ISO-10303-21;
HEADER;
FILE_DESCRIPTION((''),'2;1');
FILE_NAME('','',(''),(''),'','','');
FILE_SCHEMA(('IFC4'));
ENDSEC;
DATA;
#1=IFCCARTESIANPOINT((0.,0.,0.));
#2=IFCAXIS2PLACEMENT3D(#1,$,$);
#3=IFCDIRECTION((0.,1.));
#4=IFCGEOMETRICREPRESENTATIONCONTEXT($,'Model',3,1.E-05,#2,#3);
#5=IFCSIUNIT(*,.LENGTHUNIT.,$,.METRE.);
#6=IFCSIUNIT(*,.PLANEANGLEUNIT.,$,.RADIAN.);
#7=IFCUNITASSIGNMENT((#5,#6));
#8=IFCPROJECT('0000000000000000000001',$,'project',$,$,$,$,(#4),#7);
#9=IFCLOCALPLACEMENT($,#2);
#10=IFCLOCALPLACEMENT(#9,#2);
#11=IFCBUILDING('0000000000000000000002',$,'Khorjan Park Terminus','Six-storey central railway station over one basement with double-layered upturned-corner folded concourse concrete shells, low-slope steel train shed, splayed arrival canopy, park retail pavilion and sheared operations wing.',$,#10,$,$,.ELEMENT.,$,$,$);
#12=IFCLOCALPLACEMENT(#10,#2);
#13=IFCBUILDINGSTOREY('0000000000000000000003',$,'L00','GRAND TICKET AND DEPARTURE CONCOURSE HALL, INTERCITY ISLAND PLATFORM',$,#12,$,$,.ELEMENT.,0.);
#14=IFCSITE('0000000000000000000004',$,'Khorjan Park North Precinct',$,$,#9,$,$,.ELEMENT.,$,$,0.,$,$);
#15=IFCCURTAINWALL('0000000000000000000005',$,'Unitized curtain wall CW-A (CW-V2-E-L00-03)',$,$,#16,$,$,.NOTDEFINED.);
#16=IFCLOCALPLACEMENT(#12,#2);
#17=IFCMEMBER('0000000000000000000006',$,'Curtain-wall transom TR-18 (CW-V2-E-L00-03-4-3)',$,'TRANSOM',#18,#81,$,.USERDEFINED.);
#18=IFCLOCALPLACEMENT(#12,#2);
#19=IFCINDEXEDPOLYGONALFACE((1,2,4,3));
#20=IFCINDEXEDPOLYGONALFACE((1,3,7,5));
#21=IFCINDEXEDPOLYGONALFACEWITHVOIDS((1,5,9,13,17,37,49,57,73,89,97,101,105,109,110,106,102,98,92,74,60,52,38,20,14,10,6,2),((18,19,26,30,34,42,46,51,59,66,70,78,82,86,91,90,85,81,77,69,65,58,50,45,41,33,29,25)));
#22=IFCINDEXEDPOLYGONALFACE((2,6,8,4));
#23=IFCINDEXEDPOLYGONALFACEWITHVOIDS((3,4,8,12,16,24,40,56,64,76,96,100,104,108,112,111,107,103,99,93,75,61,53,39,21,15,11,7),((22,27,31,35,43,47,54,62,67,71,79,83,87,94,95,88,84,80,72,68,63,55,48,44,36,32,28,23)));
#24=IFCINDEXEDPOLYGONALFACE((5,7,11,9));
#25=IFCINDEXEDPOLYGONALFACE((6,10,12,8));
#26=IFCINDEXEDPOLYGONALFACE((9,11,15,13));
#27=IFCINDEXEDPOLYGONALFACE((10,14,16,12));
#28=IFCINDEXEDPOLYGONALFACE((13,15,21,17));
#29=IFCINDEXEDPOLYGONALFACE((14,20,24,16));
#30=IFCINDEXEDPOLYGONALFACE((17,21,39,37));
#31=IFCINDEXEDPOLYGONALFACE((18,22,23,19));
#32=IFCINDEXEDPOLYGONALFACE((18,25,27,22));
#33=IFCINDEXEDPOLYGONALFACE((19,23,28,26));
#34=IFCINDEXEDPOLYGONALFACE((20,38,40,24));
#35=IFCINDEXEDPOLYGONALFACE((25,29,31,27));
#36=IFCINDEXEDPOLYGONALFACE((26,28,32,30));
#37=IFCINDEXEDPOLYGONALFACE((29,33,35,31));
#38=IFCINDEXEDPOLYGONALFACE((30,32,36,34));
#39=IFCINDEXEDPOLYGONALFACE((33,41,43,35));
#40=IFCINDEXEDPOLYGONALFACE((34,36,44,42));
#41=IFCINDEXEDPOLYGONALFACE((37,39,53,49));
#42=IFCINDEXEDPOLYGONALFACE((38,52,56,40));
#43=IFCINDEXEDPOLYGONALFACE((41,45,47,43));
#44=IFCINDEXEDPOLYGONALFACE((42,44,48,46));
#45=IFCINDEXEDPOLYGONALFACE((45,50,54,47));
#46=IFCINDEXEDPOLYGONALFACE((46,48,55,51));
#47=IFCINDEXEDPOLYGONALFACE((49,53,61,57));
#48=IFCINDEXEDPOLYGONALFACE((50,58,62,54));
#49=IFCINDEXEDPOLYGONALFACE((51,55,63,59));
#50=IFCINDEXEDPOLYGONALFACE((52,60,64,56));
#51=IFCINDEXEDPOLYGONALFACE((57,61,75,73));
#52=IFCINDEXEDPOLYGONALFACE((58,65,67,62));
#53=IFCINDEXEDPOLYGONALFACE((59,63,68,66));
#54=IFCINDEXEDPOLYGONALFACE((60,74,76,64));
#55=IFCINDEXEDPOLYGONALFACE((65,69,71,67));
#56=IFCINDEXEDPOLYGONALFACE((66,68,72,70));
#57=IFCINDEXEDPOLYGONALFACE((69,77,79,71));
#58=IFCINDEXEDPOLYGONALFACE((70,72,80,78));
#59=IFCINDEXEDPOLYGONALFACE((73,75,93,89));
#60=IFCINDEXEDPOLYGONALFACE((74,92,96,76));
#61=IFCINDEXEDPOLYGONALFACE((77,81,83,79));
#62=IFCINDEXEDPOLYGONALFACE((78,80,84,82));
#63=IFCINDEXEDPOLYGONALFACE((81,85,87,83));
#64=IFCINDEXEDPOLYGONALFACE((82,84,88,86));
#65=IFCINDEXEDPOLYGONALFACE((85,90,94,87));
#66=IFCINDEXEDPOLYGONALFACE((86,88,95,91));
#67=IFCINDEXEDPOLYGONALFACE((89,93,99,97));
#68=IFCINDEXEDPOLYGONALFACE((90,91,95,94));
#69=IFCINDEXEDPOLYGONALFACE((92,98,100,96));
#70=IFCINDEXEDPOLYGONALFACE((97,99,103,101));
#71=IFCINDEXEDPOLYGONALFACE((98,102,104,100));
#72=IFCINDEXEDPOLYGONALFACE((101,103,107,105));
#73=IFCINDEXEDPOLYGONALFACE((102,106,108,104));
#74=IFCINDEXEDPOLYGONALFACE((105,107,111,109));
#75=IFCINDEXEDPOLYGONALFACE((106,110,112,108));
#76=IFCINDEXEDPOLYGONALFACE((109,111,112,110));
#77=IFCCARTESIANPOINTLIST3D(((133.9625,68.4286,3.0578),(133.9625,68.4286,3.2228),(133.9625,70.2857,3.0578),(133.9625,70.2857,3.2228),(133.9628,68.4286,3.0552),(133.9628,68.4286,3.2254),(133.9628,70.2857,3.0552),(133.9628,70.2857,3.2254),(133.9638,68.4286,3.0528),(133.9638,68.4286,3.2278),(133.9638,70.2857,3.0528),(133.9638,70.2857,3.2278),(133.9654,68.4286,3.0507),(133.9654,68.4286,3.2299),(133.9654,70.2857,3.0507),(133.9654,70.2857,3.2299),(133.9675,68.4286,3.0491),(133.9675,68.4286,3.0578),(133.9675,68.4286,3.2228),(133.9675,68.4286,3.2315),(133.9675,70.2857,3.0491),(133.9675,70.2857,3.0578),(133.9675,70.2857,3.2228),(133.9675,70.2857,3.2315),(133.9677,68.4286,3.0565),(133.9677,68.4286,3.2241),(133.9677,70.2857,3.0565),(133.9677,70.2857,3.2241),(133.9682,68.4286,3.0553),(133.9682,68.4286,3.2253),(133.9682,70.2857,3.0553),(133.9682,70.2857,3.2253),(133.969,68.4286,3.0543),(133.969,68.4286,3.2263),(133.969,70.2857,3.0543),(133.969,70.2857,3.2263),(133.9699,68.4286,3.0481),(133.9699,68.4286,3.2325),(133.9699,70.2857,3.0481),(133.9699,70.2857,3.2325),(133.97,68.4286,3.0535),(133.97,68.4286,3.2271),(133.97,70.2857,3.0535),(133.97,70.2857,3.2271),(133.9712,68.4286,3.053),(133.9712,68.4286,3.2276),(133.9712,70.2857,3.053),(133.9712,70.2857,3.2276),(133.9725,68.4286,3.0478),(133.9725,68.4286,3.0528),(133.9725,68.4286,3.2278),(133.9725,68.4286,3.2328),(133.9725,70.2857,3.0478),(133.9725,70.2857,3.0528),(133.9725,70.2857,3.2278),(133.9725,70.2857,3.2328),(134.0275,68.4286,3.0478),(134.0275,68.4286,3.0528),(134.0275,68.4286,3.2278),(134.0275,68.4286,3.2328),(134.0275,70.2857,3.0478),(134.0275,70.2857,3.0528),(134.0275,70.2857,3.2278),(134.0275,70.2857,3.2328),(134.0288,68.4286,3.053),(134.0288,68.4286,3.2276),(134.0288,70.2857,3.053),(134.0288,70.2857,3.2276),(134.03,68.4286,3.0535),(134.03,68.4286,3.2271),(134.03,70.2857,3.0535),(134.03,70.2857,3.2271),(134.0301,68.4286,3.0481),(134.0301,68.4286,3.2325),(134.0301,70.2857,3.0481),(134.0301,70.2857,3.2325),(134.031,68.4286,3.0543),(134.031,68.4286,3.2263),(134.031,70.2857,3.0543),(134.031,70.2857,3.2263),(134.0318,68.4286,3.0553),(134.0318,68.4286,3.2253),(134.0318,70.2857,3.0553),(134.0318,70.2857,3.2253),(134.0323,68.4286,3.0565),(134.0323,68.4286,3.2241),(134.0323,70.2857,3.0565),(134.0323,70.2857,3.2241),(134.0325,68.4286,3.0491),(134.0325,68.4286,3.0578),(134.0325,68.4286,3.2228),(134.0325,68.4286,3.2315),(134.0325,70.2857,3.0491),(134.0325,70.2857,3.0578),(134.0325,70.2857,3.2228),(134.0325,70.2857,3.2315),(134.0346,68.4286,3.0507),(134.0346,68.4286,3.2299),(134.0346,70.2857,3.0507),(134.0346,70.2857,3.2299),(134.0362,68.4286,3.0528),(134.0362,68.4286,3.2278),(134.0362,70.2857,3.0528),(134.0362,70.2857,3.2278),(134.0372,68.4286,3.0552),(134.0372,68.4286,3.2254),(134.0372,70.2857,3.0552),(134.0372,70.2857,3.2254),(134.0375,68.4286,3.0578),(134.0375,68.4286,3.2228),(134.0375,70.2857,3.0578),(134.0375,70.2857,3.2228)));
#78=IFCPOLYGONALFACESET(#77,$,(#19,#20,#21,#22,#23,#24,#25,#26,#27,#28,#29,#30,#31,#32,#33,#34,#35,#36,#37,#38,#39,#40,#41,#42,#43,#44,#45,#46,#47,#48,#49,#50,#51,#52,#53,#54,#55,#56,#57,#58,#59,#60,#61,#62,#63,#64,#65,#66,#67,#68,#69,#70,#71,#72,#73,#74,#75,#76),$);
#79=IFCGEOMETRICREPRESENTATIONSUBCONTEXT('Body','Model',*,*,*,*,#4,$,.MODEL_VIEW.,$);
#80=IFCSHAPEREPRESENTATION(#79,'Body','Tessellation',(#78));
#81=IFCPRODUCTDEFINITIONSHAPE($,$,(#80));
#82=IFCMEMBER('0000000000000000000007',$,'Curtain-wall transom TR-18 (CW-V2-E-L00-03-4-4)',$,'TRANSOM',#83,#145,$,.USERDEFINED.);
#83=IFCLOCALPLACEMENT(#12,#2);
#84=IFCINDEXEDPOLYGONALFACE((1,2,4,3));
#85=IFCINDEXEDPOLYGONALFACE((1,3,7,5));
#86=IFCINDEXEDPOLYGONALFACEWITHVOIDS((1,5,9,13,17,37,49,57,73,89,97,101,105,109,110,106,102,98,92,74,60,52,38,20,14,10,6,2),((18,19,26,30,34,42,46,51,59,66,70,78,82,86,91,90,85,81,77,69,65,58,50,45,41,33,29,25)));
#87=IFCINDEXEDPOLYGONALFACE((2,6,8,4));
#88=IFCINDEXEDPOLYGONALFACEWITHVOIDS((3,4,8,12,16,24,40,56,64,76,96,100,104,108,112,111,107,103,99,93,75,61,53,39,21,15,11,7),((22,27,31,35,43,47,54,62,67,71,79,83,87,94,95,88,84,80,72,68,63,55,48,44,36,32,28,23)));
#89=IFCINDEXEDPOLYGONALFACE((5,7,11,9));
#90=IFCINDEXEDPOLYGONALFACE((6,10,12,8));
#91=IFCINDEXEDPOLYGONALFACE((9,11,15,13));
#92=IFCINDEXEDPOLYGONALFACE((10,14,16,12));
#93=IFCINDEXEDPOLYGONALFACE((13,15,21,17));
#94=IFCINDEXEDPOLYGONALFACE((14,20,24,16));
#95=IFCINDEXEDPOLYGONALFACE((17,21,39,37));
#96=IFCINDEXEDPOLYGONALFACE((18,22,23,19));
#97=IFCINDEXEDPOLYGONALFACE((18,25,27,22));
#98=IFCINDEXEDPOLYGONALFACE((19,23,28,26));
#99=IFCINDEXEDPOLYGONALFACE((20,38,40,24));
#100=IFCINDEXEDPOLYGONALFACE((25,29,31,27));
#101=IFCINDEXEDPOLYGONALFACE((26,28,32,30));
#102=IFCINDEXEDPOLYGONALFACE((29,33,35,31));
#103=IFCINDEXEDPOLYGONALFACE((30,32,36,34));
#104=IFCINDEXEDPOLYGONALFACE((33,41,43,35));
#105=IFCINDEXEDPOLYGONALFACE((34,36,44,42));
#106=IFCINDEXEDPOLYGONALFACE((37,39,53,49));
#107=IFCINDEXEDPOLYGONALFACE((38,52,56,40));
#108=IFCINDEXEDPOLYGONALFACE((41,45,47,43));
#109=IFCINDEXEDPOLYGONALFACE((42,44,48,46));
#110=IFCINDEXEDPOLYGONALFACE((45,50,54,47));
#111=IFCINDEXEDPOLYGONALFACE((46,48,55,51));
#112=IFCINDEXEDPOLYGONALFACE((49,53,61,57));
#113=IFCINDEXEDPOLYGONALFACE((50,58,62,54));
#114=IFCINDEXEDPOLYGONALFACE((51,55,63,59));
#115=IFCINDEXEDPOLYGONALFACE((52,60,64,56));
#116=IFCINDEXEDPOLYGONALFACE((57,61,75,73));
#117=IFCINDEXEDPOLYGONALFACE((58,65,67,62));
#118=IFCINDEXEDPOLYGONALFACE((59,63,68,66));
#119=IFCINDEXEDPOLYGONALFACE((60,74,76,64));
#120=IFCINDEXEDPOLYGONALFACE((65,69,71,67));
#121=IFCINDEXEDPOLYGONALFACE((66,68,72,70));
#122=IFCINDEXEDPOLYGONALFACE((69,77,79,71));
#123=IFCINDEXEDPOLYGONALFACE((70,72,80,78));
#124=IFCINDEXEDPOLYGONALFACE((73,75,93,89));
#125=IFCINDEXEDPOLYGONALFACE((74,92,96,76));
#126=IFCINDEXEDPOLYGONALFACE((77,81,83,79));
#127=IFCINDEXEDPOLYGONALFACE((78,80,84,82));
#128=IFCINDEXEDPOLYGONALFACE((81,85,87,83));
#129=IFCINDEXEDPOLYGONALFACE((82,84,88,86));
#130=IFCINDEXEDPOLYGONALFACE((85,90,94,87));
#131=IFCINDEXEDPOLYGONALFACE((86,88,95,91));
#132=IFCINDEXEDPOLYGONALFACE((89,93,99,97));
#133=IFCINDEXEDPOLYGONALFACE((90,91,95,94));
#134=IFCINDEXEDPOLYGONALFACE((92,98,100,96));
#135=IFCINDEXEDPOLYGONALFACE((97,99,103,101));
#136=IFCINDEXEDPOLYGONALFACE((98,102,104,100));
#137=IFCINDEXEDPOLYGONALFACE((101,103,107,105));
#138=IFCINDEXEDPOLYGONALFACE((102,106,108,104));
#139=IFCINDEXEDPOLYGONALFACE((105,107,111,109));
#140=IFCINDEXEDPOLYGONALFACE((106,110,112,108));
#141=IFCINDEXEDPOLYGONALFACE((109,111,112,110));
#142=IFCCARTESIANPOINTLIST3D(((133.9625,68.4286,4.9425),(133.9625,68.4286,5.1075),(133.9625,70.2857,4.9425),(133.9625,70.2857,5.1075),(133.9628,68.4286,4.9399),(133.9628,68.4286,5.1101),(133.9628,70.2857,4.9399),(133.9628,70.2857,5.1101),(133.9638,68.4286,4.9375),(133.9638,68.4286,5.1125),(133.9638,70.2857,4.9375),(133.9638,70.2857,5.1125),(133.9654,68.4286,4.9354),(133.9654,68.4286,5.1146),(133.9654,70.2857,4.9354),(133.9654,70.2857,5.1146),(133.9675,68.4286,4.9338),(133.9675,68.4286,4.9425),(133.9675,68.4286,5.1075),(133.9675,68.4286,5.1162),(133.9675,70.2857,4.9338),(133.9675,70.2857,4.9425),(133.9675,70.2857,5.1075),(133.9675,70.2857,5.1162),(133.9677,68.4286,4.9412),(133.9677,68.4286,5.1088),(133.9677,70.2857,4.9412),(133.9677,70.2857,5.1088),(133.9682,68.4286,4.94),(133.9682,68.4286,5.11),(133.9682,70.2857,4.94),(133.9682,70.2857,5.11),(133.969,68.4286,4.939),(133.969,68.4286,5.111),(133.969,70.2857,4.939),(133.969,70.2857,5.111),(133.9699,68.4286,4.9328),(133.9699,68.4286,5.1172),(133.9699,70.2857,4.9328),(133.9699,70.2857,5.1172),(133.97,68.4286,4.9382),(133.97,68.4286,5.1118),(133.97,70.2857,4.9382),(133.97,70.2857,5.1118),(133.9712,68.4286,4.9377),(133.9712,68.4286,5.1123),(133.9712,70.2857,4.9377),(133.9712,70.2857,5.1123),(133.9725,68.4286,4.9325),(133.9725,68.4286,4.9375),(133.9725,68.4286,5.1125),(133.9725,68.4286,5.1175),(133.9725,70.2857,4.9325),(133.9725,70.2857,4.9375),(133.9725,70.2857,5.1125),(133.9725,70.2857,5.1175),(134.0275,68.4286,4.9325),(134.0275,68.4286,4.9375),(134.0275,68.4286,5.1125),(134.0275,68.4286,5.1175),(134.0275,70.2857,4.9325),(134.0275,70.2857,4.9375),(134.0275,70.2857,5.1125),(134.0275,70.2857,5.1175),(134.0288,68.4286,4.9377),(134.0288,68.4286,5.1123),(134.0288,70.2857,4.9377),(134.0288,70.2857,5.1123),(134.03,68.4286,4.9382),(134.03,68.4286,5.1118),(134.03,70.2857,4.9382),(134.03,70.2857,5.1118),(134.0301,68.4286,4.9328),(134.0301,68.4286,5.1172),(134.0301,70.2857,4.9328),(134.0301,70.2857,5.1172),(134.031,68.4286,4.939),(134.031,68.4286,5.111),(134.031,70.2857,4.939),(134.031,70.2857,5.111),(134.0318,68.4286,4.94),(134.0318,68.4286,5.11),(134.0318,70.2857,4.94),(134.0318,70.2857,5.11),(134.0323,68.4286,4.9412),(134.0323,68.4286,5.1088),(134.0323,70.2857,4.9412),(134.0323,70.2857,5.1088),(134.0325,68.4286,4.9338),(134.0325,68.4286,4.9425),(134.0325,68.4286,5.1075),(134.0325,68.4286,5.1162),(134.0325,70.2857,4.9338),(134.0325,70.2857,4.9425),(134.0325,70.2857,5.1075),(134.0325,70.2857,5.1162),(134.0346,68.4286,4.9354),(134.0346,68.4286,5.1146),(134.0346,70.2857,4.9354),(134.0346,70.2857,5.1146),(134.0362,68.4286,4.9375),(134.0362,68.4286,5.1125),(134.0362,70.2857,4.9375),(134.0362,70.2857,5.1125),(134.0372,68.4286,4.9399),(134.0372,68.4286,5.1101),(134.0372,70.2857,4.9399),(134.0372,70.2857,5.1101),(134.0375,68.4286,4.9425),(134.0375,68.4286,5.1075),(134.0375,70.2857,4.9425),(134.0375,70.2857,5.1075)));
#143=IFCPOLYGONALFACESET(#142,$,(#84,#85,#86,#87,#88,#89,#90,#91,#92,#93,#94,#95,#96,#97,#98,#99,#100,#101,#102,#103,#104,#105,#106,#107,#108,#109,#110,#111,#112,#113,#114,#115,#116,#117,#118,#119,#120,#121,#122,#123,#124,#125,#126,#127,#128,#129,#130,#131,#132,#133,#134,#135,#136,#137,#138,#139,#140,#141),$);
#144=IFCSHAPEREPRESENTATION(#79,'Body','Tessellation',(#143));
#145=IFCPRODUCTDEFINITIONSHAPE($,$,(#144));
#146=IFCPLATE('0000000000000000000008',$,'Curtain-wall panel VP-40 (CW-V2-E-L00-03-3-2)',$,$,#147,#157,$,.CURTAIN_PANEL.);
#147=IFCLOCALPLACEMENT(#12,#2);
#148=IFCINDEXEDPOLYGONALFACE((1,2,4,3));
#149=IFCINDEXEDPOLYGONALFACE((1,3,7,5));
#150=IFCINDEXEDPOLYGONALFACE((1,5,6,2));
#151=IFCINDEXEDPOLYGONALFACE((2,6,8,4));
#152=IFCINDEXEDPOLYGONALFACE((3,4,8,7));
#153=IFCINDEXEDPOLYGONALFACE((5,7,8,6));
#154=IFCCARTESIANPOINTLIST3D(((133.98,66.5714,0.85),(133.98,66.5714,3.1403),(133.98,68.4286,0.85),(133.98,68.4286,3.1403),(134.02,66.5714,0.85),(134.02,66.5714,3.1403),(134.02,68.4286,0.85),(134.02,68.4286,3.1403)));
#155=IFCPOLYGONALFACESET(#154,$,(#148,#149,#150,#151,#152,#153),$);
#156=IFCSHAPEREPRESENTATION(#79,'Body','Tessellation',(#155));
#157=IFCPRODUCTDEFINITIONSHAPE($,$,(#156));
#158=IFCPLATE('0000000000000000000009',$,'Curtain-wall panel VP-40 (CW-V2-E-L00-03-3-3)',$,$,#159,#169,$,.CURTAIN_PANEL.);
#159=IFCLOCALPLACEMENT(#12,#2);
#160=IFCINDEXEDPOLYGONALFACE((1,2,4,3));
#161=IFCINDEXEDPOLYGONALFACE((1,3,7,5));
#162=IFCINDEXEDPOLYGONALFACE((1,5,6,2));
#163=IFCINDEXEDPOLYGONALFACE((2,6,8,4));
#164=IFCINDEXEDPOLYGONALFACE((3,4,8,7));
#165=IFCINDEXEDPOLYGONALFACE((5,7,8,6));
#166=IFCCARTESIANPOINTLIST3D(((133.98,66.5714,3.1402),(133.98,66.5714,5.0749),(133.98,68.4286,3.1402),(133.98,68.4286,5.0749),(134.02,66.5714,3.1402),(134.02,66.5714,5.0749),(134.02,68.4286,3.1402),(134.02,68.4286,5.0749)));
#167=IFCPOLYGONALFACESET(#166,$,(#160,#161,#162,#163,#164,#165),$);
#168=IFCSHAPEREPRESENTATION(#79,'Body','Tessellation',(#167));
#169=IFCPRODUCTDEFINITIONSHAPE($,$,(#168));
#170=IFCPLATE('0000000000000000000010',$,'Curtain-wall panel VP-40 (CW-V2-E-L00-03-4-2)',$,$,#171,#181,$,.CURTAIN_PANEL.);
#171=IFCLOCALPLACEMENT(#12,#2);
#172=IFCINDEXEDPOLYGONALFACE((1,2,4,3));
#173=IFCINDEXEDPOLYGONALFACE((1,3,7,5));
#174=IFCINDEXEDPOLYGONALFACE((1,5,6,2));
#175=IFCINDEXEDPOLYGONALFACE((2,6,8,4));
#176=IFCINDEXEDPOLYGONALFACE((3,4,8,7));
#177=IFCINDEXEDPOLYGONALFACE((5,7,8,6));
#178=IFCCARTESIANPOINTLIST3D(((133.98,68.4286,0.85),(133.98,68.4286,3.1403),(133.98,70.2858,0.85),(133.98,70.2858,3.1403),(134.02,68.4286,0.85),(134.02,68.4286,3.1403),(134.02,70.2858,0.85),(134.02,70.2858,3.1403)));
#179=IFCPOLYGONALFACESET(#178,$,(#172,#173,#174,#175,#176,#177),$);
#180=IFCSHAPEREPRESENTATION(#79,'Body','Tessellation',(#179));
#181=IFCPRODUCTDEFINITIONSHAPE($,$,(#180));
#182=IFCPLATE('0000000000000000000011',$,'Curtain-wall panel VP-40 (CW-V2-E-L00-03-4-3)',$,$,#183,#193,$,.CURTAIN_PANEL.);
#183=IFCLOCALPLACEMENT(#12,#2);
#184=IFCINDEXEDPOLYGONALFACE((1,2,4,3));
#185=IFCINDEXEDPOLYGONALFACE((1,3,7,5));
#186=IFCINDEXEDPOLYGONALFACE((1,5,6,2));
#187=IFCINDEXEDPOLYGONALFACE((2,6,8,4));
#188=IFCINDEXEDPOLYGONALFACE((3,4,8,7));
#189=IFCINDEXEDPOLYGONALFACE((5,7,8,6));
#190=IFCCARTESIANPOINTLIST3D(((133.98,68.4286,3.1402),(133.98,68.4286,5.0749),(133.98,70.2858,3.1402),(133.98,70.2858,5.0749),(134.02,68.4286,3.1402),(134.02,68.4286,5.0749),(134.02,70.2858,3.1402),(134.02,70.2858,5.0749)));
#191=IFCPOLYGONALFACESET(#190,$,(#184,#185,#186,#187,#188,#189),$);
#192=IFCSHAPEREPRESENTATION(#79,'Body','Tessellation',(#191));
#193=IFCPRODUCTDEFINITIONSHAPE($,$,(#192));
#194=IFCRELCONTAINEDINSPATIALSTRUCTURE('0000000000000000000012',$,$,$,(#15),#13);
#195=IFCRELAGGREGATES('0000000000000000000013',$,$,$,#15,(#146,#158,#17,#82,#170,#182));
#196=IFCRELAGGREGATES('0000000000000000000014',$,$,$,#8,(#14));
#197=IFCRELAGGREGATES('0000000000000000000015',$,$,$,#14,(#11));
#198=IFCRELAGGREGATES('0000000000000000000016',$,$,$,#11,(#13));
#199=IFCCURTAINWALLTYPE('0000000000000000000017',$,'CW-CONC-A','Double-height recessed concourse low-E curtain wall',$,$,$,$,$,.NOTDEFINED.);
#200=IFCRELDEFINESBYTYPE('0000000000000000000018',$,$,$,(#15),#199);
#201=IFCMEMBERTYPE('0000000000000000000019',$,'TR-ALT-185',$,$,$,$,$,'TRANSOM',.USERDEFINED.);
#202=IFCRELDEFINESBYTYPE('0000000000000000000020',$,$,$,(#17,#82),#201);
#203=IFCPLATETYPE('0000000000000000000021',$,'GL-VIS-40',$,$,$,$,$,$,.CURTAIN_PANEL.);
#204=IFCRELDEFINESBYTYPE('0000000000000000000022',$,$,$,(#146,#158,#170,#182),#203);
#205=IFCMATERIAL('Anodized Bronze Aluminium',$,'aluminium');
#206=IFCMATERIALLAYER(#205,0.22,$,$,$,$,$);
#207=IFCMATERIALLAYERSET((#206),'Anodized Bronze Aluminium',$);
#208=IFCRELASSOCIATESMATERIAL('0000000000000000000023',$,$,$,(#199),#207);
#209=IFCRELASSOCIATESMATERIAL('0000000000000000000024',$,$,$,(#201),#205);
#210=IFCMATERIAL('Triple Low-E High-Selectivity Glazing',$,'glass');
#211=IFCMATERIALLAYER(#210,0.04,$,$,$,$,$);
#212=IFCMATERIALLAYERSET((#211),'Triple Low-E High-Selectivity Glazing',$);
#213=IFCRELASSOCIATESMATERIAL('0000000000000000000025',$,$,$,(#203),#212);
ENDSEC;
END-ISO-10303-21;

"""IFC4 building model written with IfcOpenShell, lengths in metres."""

from ifc_helpers import new_model, si_unit, direction, frame, origin, origin_2d, place, context, subcontext, project, spatial, rectangle, hollow_rectangle, extrude, material, layer, layer_set, material_profile, profile_set, type_object, element, aggregate, save


model = new_model("IFC4")

# Units and contexts
model_context = context("Model", 3, precision=1e-05, world=origin(), true_north=direction((0.0, 1.0)))
body_context = subcontext(model_context, "Body", "Model", "MODEL_VIEW")
ifc_project = project(units=[si_unit("LENGTHUNIT", "METRE"), si_unit("PLANEANGLEUNIT", "RADIAN")], contexts=[model_context])

# Site, building, storey
site_placement = place(None, origin())
site = spatial("IfcSite", under=ifc_project, at=site_placement, Name="Khorjan Park North Precinct", CompositionType="ELEMENT", RefElevation=0.0)
building_placement = place(site_placement, origin())
building = spatial("IfcBuilding", under=site, at=building_placement, Name="Khorjan Park Terminus", Description="Six-storey central railway station over one basement with double-layered upturned-corner folded concourse concrete shells, low-slope steel train shed, splayed arrival canopy, park retail pavilion and sheared operations wing.", CompositionType="ELEMENT")
storey_placement = place(building_placement, origin())
storey = spatial("IfcBuildingStorey", under=building, at=storey_placement, Name="L00", Description="GRAND TICKET AND DEPARTURE CONCOURSE HALL, INTERCITY ISLAND PLATFORM", CompositionType="ELEMENT", Elevation=0.0)

# Curtain wall, members, plates
ifc_material_1 = material(Name="Anodized Bronze Aluminium", Category="aluminium")
ifc_layer_1 = layer(ifc_material_1, 0.22)
ifc_layer_set_1 = layer_set([ifc_layer_1], Name="Anodized Bronze Aluminium")
curtain_wall_type = type_object("IfcCurtainWallType", Name="CW-CONC-A", Description="Double-height recessed concourse low-E curtain wall", PredefinedType="NOTDEFINED", material=ifc_layer_set_1)
curtain_wall_placement = place(storey_placement, origin())
curtain_wall = element("IfcCurtainWall", 1, at=curtain_wall_placement, inside=storey, type_object=curtain_wall_type, Name="Unitized curtain wall CW-A (CW-V2-E-L00-03)", PredefinedType="NOTDEFINED")
ifc_material_profile_1 = material_profile(ifc_material_1, hollow_rectangle(XDim=0.075, YDim=0.185, WallThickness=0.005, InnerFilletRadius=0.005, OuterFilletRadius=0.01, at=origin_2d()), Name="ALT 75x185x5")
ifc_profile_set_1 = profile_set([ifc_material_profile_1], Name="Anodized Bronze Aluminium")
member_type_1 = type_object("IfcMemberType", Name="TR-ALT-185", ElementType="TRANSOM", PredefinedType="USERDEFINED", material=ifc_profile_set_1)
member_1_placement = place(storey_placement, frame((134.0, 68.4286, 3.1403), z_axis=(0.0, 1.0, 0.0), x_axis=(-1.0, 0.0, 0.0)))
member_1 = element("IfcMember", 2, at=member_1_placement, type_object=member_type_1, Name="Curtain-wall transom TR-18 (CW-V2-E-L00-03-4-3)", ObjectType="TRANSOM", PredefinedType="USERDEFINED", context=body_context, shape_type="SweptSolid", body=[
    extrude(hollow_rectangle(XDim=0.075, YDim=0.185, WallThickness=0.005, InnerFilletRadius=0.005, OuterFilletRadius=0.01, at=origin_2d()), origin(), (0.0, 0.0, 1.0), 1.8571),
])
member_2_placement = place(storey_placement, frame((134.0, 68.4286, 5.025), z_axis=(0.0, 1.0, 0.0), x_axis=(-1.0, 0.0, 0.0)))
member_2 = element("IfcMember", 3, at=member_2_placement, type_object=member_type_1, Name="Curtain-wall transom TR-18 (CW-V2-E-L00-03-4-4)", ObjectType="TRANSOM", PredefinedType="USERDEFINED", context=body_context, shape_type="SweptSolid", body=[
    extrude(hollow_rectangle(XDim=0.075, YDim=0.185, WallThickness=0.005, InnerFilletRadius=0.005, OuterFilletRadius=0.01, at=origin_2d()), origin(), (0.0, 0.0, 1.0), 1.8571),
])
ifc_material_2 = material(Name="Triple Low-E High-Selectivity Glazing", Category="glass")
ifc_layer_2 = layer(ifc_material_2, 0.04)
ifc_layer_set_2 = layer_set([ifc_layer_2], Name="Triple Low-E High-Selectivity Glazing")
plate_type_1 = type_object("IfcPlateType", Name="GL-VIS-40", PredefinedType="CURTAIN_PANEL", material=ifc_layer_set_2)
plate_1_placement = place(storey_placement, frame((134.0, 67.5, 0.85), z_axis=(0.0, 0.0, 1.0), x_axis=(0.0, 1.0, 0.0)))
plate_1 = element("IfcPlate", 4, at=plate_1_placement, type_object=plate_type_1, Name="Curtain-wall panel VP-40 (CW-V2-E-L00-03-3-2)", PredefinedType="CURTAIN_PANEL", context=body_context, shape_type="SweptSolid", body=[
    extrude(rectangle(XDim=1.8571, YDim=0.04, at=origin_2d()), origin(), (0.0, 0.0, 1.0), 2.2903),
])
plate_2_placement = place(storey_placement, frame((134.0, 67.5, 3.1402), z_axis=(0.0, 0.0, 1.0), x_axis=(0.0, 1.0, 0.0)))
plate_2 = element("IfcPlate", 5, at=plate_2_placement, type_object=plate_type_1, Name="Curtain-wall panel VP-40 (CW-V2-E-L00-03-3-3)", PredefinedType="CURTAIN_PANEL", context=body_context, shape_type="SweptSolid", body=[
    extrude(rectangle(XDim=1.8571, YDim=0.04, at=origin_2d()), origin(), (0.0, 0.0, 1.0), 1.9347),
])
plate_3_placement = place(storey_placement, frame((134.0, 69.3572, 0.85), z_axis=(0.0, 0.0, 1.0), x_axis=(0.0, 1.0, 0.0)))
plate_3 = element("IfcPlate", 6, at=plate_3_placement, type_object=plate_type_1, Name="Curtain-wall panel VP-40 (CW-V2-E-L00-03-4-2)", PredefinedType="CURTAIN_PANEL", context=body_context, shape_type="SweptSolid", body=[
    extrude(rectangle(XDim=1.8571, YDim=0.04, at=origin_2d()), origin(), (0.0, 0.0, 1.0), 2.2903),
])
plate_4_placement = place(storey_placement, frame((134.0, 69.3572, 3.1402), z_axis=(0.0, 0.0, 1.0), x_axis=(0.0, 1.0, 0.0)))
plate_4 = element("IfcPlate", 7, at=plate_4_placement, type_object=plate_type_1, Name="Curtain-wall panel VP-40 (CW-V2-E-L00-03-4-3)", PredefinedType="CURTAIN_PANEL", context=body_context, shape_type="SweptSolid", body=[
    extrude(rectangle(XDim=1.8571, YDim=0.04, at=origin_2d()), origin(), (0.0, 0.0, 1.0), 1.9347),
])
aggregate(curtain_wall, [plate_1, plate_2, member_1, member_2, plate_3, plate_4])

save(model, "model.ifc")
